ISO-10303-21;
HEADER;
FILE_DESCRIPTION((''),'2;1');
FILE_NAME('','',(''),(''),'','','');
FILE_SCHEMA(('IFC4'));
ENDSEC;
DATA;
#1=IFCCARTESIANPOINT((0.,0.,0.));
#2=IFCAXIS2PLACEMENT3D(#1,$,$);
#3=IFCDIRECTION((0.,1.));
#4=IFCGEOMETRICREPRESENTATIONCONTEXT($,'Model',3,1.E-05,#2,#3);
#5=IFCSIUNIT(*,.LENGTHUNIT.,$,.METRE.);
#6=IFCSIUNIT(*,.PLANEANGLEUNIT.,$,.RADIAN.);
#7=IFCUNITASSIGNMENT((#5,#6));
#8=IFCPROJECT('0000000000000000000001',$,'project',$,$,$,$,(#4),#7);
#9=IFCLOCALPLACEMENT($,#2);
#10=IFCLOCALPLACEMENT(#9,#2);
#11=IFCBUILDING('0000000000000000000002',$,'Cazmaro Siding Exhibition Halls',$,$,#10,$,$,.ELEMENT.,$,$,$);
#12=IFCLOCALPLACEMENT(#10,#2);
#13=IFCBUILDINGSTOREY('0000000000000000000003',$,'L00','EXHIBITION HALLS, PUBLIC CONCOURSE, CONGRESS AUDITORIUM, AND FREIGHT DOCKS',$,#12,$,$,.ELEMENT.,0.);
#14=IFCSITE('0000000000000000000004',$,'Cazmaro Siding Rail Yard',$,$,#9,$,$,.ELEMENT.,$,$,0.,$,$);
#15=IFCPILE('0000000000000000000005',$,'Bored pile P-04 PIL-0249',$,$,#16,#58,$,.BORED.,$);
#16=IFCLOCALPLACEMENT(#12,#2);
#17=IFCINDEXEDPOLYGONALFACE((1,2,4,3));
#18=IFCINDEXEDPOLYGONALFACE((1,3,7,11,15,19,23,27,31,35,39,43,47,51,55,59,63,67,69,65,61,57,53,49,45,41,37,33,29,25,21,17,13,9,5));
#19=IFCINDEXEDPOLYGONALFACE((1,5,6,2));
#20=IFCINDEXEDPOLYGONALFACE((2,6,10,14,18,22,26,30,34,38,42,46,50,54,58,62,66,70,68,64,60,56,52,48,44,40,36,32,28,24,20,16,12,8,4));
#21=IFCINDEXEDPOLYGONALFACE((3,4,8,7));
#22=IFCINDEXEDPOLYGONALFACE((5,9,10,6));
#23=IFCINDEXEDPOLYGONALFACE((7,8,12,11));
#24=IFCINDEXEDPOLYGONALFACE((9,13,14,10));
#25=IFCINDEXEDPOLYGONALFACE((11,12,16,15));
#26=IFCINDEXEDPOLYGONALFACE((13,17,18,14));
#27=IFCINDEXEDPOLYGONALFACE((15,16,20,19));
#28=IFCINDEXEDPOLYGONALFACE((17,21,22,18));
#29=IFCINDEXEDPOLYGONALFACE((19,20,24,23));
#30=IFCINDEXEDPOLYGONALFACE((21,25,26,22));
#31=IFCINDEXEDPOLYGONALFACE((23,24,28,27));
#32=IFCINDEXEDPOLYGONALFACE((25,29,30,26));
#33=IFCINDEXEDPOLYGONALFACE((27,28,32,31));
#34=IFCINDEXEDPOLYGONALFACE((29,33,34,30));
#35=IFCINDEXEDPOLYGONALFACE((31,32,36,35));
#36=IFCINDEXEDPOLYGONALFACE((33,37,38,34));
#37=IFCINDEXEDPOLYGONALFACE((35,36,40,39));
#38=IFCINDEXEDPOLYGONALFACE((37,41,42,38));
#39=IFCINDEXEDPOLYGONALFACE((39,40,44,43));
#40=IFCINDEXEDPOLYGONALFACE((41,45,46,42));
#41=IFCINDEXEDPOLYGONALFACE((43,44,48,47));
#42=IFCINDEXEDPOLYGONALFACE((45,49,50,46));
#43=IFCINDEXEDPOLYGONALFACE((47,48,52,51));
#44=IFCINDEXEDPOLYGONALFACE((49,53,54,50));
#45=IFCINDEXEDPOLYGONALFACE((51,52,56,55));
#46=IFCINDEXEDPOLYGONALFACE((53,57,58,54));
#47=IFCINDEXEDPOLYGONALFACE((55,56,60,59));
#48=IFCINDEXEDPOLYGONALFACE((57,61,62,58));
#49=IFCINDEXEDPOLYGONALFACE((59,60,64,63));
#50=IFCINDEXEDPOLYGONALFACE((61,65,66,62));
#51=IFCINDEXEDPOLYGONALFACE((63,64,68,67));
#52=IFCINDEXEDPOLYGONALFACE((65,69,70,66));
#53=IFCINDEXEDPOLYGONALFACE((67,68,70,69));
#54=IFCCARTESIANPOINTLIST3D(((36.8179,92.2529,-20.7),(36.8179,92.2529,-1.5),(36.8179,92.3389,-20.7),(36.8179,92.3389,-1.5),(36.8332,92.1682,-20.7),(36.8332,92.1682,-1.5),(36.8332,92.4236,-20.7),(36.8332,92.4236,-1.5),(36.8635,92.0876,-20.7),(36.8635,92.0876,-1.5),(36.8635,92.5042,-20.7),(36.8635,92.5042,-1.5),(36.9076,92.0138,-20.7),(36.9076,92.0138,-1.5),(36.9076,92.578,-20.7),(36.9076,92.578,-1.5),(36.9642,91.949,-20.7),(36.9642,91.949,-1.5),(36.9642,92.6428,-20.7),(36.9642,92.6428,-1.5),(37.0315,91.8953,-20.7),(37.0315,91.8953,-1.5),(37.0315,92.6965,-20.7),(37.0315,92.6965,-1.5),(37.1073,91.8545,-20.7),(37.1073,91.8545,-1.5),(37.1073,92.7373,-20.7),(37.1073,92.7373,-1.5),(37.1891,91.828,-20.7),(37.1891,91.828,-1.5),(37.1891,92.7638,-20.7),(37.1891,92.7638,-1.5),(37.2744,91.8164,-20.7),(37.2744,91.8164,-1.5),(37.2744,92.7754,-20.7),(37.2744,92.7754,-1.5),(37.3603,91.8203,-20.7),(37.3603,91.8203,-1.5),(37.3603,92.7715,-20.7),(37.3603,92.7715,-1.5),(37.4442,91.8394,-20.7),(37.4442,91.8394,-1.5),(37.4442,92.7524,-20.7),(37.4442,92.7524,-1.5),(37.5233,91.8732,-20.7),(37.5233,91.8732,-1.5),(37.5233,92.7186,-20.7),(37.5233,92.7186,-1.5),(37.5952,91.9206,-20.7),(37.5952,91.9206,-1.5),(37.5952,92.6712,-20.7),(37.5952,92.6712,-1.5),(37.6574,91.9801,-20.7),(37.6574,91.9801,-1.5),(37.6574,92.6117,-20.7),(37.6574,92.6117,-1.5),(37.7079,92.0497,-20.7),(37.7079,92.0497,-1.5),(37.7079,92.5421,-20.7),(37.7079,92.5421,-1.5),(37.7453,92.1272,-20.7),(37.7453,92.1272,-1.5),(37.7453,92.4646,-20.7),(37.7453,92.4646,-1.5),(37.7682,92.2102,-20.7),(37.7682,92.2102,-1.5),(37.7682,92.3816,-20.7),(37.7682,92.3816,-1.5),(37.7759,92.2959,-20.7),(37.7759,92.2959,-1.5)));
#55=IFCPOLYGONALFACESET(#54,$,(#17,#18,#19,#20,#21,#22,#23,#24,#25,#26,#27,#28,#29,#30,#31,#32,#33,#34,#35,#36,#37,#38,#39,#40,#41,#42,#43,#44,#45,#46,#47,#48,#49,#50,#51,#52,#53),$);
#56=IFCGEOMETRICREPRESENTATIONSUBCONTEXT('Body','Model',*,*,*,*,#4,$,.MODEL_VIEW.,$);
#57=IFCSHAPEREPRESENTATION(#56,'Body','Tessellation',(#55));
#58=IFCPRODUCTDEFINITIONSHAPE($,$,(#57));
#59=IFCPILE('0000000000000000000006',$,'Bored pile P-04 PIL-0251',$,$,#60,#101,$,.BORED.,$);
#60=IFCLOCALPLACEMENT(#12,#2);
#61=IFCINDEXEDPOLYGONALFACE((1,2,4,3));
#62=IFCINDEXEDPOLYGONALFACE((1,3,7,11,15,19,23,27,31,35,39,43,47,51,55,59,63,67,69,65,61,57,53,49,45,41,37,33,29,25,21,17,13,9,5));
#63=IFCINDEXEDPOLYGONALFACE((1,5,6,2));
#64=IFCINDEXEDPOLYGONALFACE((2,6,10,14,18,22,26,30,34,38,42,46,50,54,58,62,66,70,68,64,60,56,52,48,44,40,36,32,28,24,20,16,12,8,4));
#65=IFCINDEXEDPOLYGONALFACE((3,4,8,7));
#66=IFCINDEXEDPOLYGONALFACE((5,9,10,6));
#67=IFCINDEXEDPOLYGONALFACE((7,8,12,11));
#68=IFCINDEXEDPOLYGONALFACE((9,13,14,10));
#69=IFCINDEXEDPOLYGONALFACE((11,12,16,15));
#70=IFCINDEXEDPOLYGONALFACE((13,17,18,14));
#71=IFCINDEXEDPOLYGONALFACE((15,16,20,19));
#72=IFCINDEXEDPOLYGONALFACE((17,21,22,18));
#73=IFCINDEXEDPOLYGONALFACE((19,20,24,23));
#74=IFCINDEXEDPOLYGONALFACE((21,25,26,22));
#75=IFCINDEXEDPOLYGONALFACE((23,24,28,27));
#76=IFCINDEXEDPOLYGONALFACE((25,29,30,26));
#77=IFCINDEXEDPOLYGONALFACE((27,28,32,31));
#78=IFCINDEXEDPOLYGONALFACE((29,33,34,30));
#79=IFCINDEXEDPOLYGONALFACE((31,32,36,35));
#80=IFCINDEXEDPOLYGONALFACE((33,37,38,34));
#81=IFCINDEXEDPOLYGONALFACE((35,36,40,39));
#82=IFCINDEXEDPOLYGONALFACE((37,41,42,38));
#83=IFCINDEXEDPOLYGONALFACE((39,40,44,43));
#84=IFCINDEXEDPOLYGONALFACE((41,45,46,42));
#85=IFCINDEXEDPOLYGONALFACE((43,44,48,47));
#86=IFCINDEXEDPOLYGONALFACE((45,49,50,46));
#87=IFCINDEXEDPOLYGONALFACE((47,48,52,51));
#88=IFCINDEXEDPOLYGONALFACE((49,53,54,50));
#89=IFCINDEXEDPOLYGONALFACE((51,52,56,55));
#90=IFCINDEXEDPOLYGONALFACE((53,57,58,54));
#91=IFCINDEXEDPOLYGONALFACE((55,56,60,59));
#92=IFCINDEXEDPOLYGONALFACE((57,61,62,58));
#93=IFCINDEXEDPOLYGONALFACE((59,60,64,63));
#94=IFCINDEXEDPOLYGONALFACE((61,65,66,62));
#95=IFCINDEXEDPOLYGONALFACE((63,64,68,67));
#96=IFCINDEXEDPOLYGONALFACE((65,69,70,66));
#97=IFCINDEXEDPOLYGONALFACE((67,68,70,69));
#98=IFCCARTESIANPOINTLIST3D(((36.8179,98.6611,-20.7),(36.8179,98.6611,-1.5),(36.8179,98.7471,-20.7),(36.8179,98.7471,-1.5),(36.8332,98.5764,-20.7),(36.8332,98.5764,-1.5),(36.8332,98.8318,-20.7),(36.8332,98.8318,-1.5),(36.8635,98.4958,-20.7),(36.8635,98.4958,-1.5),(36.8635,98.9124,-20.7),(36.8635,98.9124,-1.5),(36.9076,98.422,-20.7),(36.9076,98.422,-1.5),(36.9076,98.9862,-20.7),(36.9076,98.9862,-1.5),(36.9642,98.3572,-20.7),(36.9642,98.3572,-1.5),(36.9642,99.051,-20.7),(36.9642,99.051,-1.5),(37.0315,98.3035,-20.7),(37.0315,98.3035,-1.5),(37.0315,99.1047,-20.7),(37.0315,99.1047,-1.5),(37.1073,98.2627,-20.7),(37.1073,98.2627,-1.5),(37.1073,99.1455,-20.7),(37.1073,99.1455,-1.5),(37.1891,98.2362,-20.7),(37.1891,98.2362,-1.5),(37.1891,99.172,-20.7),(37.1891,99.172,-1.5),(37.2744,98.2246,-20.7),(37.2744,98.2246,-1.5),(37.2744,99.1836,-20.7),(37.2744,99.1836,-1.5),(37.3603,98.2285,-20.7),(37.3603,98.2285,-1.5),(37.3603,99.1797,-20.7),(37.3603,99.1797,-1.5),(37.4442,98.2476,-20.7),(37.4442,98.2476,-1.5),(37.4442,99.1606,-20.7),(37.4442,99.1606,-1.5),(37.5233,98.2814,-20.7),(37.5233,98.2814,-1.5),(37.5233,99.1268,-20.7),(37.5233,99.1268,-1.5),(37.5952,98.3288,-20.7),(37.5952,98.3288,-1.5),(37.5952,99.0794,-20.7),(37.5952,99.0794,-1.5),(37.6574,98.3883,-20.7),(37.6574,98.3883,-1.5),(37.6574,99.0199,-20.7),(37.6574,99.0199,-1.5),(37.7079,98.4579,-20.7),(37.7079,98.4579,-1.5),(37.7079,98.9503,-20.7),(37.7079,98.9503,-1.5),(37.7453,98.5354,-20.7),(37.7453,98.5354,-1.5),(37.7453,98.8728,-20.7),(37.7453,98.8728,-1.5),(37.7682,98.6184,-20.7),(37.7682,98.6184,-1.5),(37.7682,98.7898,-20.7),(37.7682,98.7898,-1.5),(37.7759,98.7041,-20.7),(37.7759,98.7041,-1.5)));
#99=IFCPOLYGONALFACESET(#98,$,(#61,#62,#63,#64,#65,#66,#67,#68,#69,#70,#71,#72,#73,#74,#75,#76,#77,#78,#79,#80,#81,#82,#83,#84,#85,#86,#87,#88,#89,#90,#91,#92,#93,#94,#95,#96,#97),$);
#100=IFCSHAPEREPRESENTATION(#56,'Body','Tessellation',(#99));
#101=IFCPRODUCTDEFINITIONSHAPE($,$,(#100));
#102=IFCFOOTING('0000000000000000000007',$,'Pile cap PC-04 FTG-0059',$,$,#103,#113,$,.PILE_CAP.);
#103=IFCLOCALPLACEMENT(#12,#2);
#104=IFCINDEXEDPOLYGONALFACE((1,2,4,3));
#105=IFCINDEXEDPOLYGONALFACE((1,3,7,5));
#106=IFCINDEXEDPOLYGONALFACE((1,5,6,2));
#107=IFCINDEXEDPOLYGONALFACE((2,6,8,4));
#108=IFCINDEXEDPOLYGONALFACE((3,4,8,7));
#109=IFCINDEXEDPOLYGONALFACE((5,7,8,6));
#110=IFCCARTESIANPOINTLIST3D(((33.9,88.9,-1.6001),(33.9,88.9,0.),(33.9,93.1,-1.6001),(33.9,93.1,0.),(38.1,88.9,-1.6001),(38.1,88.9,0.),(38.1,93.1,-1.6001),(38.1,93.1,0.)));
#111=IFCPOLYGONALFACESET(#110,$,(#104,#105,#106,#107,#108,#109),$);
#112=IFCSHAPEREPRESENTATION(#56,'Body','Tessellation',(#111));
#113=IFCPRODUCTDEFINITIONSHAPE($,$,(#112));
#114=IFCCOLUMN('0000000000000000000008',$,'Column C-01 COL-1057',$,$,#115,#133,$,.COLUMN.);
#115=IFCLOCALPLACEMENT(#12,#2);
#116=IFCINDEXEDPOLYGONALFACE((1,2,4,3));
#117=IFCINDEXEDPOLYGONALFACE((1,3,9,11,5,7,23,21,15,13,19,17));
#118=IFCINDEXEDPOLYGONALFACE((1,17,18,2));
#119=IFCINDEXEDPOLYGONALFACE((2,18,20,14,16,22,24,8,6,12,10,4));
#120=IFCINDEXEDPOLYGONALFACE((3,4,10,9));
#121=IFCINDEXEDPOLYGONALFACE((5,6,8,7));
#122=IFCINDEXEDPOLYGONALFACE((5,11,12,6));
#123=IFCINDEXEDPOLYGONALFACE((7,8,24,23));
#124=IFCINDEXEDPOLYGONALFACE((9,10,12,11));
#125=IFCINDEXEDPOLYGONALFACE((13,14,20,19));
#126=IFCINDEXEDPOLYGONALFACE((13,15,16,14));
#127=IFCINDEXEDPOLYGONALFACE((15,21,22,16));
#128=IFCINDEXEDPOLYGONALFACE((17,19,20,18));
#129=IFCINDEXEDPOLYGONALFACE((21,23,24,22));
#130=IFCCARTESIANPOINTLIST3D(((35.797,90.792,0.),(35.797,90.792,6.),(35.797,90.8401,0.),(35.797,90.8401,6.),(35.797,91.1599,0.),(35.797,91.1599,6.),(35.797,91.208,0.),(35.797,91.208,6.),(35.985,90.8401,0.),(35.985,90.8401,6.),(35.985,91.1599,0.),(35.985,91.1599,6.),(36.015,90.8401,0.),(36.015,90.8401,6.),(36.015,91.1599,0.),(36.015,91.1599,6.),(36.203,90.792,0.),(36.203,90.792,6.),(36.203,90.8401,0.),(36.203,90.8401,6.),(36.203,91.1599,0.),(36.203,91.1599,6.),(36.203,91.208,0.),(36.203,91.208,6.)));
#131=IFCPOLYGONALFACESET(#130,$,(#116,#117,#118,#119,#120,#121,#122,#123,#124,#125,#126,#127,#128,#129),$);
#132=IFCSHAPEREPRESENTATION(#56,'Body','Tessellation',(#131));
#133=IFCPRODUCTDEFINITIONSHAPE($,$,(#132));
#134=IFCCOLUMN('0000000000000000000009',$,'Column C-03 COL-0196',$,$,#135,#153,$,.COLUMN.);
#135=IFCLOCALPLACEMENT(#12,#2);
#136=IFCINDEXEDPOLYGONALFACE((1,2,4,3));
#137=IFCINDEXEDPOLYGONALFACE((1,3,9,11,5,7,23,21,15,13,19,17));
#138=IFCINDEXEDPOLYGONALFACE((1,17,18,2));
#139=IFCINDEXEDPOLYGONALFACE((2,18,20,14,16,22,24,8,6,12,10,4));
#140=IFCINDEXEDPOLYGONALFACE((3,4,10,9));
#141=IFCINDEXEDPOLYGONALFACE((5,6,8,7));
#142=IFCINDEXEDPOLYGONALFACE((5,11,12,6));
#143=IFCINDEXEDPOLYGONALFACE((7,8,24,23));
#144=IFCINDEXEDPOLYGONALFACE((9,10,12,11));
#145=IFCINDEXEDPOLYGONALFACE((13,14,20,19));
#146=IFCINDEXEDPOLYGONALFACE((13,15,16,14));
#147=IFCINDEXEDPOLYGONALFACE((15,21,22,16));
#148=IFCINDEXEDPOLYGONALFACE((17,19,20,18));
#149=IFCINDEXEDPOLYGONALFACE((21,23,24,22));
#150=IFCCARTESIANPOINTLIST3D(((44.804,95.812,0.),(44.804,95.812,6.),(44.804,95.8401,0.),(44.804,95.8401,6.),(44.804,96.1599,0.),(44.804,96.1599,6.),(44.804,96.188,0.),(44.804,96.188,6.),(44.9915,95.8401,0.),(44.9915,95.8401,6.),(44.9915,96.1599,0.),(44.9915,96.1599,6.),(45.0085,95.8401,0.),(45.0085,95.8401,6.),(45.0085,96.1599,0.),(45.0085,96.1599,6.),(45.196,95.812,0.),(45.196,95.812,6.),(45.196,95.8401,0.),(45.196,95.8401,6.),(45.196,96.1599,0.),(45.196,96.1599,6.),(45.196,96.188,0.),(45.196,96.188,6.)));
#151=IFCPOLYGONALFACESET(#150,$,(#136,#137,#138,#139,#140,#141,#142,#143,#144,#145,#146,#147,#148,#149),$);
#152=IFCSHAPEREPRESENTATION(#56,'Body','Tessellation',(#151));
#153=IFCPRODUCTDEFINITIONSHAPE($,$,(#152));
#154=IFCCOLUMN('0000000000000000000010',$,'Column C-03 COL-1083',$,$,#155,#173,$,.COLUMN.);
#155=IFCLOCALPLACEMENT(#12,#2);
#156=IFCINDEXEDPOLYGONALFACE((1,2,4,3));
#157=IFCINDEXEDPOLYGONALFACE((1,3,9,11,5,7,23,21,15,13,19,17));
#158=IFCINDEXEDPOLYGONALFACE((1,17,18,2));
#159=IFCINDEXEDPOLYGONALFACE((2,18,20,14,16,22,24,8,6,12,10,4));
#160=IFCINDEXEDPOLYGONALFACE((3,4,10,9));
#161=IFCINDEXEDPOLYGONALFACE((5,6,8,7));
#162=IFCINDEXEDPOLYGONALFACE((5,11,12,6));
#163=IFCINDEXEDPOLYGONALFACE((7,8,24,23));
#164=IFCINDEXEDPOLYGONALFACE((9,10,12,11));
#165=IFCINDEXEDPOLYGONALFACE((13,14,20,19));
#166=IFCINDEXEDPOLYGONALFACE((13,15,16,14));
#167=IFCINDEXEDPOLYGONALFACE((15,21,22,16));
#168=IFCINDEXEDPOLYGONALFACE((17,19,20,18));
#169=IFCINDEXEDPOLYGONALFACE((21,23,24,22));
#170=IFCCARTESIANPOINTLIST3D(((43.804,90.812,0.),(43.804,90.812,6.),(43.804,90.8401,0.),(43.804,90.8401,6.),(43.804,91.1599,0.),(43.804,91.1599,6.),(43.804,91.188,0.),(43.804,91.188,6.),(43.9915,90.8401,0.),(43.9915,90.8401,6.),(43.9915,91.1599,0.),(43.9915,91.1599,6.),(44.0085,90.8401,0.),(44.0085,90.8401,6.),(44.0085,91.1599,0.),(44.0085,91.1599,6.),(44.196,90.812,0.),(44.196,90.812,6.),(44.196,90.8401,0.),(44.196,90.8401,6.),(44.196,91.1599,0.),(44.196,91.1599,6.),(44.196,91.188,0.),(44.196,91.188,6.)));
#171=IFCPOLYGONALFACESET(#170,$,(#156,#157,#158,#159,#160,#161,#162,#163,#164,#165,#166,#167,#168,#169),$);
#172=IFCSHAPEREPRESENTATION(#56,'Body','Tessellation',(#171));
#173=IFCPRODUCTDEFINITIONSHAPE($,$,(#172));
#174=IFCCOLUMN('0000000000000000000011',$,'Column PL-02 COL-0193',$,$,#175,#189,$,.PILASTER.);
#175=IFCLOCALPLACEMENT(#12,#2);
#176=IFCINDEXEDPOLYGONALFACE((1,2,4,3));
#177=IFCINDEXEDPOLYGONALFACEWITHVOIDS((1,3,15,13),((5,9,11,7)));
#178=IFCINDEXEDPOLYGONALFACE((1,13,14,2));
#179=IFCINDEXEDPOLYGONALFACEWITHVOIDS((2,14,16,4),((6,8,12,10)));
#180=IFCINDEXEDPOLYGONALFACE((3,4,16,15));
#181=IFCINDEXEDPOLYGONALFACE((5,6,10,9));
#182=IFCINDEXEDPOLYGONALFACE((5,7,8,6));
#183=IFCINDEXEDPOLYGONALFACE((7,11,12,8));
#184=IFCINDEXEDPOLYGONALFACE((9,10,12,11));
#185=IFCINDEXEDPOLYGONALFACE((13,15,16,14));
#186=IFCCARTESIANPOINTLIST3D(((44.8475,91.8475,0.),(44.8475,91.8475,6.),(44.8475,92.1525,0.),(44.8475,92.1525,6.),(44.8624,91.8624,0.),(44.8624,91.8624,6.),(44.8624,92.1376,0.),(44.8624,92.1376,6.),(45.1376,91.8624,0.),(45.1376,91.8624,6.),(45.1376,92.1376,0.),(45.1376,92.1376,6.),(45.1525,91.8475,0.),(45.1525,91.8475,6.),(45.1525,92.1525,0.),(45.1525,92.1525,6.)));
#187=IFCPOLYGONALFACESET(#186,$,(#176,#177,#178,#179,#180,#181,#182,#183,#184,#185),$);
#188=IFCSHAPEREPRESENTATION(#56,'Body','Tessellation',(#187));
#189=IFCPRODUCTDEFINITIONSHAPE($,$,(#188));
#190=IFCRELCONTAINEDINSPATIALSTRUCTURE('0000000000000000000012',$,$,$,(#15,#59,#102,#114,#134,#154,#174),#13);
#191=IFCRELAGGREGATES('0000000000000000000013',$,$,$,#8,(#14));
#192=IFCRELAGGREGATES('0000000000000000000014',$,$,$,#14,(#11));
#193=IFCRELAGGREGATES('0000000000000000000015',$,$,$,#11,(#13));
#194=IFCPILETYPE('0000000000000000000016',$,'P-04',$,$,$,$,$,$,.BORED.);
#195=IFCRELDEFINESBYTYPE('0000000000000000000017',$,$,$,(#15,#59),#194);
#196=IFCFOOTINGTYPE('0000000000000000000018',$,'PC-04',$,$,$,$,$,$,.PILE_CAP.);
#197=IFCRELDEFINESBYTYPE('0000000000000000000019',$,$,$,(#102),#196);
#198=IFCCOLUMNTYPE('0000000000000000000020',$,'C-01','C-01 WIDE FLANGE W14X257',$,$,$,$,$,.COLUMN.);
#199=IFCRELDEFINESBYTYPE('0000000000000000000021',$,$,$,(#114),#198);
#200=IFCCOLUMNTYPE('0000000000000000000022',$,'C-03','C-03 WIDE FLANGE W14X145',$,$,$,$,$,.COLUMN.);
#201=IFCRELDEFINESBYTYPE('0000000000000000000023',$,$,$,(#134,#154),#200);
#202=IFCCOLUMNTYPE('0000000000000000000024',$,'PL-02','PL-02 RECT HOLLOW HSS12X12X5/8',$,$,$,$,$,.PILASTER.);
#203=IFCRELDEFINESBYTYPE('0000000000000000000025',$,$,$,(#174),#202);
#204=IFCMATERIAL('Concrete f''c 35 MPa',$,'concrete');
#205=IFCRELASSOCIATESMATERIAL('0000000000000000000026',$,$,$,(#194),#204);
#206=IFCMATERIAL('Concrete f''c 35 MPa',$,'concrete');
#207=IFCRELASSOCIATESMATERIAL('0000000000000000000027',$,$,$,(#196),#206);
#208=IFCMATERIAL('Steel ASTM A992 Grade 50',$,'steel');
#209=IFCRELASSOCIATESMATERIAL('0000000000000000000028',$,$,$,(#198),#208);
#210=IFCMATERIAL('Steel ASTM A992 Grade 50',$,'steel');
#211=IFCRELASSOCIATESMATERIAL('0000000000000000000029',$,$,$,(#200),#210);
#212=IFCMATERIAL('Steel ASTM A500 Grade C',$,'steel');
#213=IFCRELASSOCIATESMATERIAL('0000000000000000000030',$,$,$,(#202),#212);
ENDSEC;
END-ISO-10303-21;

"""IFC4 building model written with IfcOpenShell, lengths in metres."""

from ifc_helpers import new_model, si_unit, direction, frame, origin, origin_2d, place, context, subcontext, project, spatial, rectangle, hollow_rectangle, circle, i_section, extrude, material, material_profile, profile_set, type_object, element, save


model = new_model("IFC4")

# Units and contexts
model_context = context("Model", 3, precision=1e-05, world=origin(), true_north=direction((0.0, 1.0)))
body_context = subcontext(model_context, "Body", "Model", "MODEL_VIEW")
ifc_project = project(units=[si_unit("LENGTHUNIT", "METRE"), si_unit("PLANEANGLEUNIT", "RADIAN")], contexts=[model_context])

# Site, building, storey
site_placement = place(None, origin())
site = spatial("IfcSite", under=ifc_project, at=site_placement, Name="Cazmaro Siding Rail Yard", CompositionType="ELEMENT", RefElevation=0.0)
building_placement = place(site_placement, origin())
building = spatial("IfcBuilding", under=site, at=building_placement, Name="Cazmaro Siding Exhibition Halls", CompositionType="ELEMENT")
storey_placement = place(building_placement, origin())
storey = spatial("IfcBuildingStorey", under=building, at=storey_placement, Name="L00", Description="EXHIBITION HALLS, PUBLIC CONCOURSE, CONGRESS AUDITORIUM, AND FREIGHT DOCKS", CompositionType="ELEMENT", Elevation=0.0)

# Piles
ifc_material_1 = material(Name="Concrete f'c 35 MPa", Category="concrete")
ifc_material_profile_1 = material_profile(ifc_material_1, circle(Radius=0.48, at=origin_2d()), Name="CIDH-960")
ifc_profile_set_1 = profile_set([ifc_material_profile_1], Name="Concrete f'c 35 MPa")
pile_type_1 = type_object("IfcPileType", Name="P-04", PredefinedType="BORED", material=ifc_profile_set_1)
for number, where, z_axis, x_axis, name in (
    (1, (37.2959, 92.2959, -1.5), (0.0, 0.0, -1.0), (1.0, 0.0, 0.0), "Bored pile P-04 PIL-0249"),
    (2, (37.2959, 98.7041, -1.5), (0.0, 0.0, -1.0), (1.0, 0.0, 0.0), "Bored pile P-04 PIL-0251"),
):
    element("IfcPile", number, at=place(storey_placement, frame(where, z_axis=z_axis, x_axis=x_axis)), inside=storey, type_object=pile_type_1, Name=name, PredefinedType="BORED", context=body_context, shape_type="SweptSolid", body=[
        extrude(circle(Radius=0.48, at=origin_2d()), origin(), (0.0, 0.0, 1.0), 19.2),
    ])

# Footing
ifc_material_2 = material(Name="Concrete f'c 35 MPa", Category="concrete")
footing_type = type_object("IfcFootingType", Name="PC-04", PredefinedType="PILE_CAP", material=ifc_material_2)
footing_placement = place(storey_placement, frame((36.0, 91.0, -1.6001), z_axis=(0.0, 0.0, 1.0), x_axis=(1.0, 0.0, 0.0)))
element("IfcFooting", 3, at=footing_placement, inside=storey, type_object=footing_type, Name="Pile cap PC-04 FTG-0059", PredefinedType="PILE_CAP", context=body_context, shape_type="SweptSolid", body=[
    extrude(rectangle(XDim=4.2, YDim=4.2, at=origin_2d()), origin(), (0.0, 0.0, 1.0), 1.6001),
])

# Columns
ifc_material_3 = material(Name="Steel ASTM A992 Grade 50", Category="steel")
ifc_material_profile_2 = material_profile(ifc_material_3, i_section(OverallWidth=0.406, OverallDepth=0.416, WebThickness=0.03, FlangeThickness=0.0481, at=origin_2d()), Name="W14X257")
ifc_profile_set_2 = profile_set([ifc_material_profile_2], Name="Steel ASTM A992 Grade 50")
column_type_1 = type_object("IfcColumnType", Name="C-01", Description="C-01 WIDE FLANGE W14X257", PredefinedType="COLUMN", material=ifc_profile_set_2)
column_1_placement = place(storey_placement, frame((36.0, 91.0, 0.0), z_axis=(0.0, 0.0, 1.0), x_axis=(1.0, 0.0, 0.0)))
element("IfcColumn", 4, at=column_1_placement, inside=storey, type_object=column_type_1, Name="Column C-01 COL-1057", PredefinedType="COLUMN", context=body_context, shape_type="SweptSolid", body=[
    extrude(i_section(OverallWidth=0.406, OverallDepth=0.416, WebThickness=0.03, FlangeThickness=0.0481, at=origin_2d()), origin(), (0.0, 0.0, 1.0), 6.0),
])
ifc_material_4 = material(Name="Steel ASTM A992 Grade 50", Category="steel")
ifc_material_profile_3 = material_profile(ifc_material_4, i_section(OverallWidth=0.3921, OverallDepth=0.376, WebThickness=0.0171, FlangeThickness=0.0281, at=origin_2d()), Name="W14X145")
ifc_profile_set_3 = profile_set([ifc_material_profile_3], Name="Steel ASTM A992 Grade 50")
column_type_2 = type_object("IfcColumnType", Name="C-03", Description="C-03 WIDE FLANGE W14X145", PredefinedType="COLUMN", material=ifc_profile_set_3)
for number, where, z_axis, x_axis, name in (
    (5, (45.0, 96.0, 0.0), (0.0, 0.0, 1.0), (1.0, 0.0, 0.0), "Column C-03 COL-0196"),
    (6, (44.0, 91.0, 0.0), (0.0, 0.0, 1.0), (1.0, 0.0, 0.0), "Column C-03 COL-1083"),
):
    element("IfcColumn", number, at=place(storey_placement, frame(where, z_axis=z_axis, x_axis=x_axis)), inside=storey, type_object=column_type_2, Name=name, PredefinedType="COLUMN", context=body_context, shape_type="SweptSolid", body=[
        extrude(i_section(OverallWidth=0.3921, OverallDepth=0.376, WebThickness=0.0171, FlangeThickness=0.0281, at=origin_2d()), origin(), (0.0, 0.0, 1.0), 6.0),
    ])
ifc_material_5 = material(Name="Steel ASTM A500 Grade C", Category="steel")
ifc_material_profile_4 = material_profile(ifc_material_5, hollow_rectangle(XDim=0.3049, YDim=0.3049, WallThickness=0.0149, at=origin_2d()), Name="HSS12X12X5/8")
ifc_profile_set_4 = profile_set([ifc_material_profile_4], Name="Steel ASTM A500 Grade C")
column_type_3 = type_object("IfcColumnType", Name="PL-02", Description="PL-02 RECT HOLLOW HSS12X12X5/8", PredefinedType="PILASTER", material=ifc_profile_set_4)
column_2_placement = place(storey_placement, frame((45.0, 92.0, 0.0), z_axis=(0.0, 0.0, 1.0), x_axis=(1.0, 0.0, 0.0)))
element("IfcColumn", 7, at=column_2_placement, inside=storey, type_object=column_type_3, Name="Column PL-02 COL-0193", PredefinedType="PILASTER", context=body_context, shape_type="SweptSolid", body=[
    extrude(hollow_rectangle(XDim=0.3049, YDim=0.3049, WallThickness=0.0149, at=origin_2d()), origin(), (0.0, 0.0, 1.0), 6.0),
])

save(model, "model.ifc")
